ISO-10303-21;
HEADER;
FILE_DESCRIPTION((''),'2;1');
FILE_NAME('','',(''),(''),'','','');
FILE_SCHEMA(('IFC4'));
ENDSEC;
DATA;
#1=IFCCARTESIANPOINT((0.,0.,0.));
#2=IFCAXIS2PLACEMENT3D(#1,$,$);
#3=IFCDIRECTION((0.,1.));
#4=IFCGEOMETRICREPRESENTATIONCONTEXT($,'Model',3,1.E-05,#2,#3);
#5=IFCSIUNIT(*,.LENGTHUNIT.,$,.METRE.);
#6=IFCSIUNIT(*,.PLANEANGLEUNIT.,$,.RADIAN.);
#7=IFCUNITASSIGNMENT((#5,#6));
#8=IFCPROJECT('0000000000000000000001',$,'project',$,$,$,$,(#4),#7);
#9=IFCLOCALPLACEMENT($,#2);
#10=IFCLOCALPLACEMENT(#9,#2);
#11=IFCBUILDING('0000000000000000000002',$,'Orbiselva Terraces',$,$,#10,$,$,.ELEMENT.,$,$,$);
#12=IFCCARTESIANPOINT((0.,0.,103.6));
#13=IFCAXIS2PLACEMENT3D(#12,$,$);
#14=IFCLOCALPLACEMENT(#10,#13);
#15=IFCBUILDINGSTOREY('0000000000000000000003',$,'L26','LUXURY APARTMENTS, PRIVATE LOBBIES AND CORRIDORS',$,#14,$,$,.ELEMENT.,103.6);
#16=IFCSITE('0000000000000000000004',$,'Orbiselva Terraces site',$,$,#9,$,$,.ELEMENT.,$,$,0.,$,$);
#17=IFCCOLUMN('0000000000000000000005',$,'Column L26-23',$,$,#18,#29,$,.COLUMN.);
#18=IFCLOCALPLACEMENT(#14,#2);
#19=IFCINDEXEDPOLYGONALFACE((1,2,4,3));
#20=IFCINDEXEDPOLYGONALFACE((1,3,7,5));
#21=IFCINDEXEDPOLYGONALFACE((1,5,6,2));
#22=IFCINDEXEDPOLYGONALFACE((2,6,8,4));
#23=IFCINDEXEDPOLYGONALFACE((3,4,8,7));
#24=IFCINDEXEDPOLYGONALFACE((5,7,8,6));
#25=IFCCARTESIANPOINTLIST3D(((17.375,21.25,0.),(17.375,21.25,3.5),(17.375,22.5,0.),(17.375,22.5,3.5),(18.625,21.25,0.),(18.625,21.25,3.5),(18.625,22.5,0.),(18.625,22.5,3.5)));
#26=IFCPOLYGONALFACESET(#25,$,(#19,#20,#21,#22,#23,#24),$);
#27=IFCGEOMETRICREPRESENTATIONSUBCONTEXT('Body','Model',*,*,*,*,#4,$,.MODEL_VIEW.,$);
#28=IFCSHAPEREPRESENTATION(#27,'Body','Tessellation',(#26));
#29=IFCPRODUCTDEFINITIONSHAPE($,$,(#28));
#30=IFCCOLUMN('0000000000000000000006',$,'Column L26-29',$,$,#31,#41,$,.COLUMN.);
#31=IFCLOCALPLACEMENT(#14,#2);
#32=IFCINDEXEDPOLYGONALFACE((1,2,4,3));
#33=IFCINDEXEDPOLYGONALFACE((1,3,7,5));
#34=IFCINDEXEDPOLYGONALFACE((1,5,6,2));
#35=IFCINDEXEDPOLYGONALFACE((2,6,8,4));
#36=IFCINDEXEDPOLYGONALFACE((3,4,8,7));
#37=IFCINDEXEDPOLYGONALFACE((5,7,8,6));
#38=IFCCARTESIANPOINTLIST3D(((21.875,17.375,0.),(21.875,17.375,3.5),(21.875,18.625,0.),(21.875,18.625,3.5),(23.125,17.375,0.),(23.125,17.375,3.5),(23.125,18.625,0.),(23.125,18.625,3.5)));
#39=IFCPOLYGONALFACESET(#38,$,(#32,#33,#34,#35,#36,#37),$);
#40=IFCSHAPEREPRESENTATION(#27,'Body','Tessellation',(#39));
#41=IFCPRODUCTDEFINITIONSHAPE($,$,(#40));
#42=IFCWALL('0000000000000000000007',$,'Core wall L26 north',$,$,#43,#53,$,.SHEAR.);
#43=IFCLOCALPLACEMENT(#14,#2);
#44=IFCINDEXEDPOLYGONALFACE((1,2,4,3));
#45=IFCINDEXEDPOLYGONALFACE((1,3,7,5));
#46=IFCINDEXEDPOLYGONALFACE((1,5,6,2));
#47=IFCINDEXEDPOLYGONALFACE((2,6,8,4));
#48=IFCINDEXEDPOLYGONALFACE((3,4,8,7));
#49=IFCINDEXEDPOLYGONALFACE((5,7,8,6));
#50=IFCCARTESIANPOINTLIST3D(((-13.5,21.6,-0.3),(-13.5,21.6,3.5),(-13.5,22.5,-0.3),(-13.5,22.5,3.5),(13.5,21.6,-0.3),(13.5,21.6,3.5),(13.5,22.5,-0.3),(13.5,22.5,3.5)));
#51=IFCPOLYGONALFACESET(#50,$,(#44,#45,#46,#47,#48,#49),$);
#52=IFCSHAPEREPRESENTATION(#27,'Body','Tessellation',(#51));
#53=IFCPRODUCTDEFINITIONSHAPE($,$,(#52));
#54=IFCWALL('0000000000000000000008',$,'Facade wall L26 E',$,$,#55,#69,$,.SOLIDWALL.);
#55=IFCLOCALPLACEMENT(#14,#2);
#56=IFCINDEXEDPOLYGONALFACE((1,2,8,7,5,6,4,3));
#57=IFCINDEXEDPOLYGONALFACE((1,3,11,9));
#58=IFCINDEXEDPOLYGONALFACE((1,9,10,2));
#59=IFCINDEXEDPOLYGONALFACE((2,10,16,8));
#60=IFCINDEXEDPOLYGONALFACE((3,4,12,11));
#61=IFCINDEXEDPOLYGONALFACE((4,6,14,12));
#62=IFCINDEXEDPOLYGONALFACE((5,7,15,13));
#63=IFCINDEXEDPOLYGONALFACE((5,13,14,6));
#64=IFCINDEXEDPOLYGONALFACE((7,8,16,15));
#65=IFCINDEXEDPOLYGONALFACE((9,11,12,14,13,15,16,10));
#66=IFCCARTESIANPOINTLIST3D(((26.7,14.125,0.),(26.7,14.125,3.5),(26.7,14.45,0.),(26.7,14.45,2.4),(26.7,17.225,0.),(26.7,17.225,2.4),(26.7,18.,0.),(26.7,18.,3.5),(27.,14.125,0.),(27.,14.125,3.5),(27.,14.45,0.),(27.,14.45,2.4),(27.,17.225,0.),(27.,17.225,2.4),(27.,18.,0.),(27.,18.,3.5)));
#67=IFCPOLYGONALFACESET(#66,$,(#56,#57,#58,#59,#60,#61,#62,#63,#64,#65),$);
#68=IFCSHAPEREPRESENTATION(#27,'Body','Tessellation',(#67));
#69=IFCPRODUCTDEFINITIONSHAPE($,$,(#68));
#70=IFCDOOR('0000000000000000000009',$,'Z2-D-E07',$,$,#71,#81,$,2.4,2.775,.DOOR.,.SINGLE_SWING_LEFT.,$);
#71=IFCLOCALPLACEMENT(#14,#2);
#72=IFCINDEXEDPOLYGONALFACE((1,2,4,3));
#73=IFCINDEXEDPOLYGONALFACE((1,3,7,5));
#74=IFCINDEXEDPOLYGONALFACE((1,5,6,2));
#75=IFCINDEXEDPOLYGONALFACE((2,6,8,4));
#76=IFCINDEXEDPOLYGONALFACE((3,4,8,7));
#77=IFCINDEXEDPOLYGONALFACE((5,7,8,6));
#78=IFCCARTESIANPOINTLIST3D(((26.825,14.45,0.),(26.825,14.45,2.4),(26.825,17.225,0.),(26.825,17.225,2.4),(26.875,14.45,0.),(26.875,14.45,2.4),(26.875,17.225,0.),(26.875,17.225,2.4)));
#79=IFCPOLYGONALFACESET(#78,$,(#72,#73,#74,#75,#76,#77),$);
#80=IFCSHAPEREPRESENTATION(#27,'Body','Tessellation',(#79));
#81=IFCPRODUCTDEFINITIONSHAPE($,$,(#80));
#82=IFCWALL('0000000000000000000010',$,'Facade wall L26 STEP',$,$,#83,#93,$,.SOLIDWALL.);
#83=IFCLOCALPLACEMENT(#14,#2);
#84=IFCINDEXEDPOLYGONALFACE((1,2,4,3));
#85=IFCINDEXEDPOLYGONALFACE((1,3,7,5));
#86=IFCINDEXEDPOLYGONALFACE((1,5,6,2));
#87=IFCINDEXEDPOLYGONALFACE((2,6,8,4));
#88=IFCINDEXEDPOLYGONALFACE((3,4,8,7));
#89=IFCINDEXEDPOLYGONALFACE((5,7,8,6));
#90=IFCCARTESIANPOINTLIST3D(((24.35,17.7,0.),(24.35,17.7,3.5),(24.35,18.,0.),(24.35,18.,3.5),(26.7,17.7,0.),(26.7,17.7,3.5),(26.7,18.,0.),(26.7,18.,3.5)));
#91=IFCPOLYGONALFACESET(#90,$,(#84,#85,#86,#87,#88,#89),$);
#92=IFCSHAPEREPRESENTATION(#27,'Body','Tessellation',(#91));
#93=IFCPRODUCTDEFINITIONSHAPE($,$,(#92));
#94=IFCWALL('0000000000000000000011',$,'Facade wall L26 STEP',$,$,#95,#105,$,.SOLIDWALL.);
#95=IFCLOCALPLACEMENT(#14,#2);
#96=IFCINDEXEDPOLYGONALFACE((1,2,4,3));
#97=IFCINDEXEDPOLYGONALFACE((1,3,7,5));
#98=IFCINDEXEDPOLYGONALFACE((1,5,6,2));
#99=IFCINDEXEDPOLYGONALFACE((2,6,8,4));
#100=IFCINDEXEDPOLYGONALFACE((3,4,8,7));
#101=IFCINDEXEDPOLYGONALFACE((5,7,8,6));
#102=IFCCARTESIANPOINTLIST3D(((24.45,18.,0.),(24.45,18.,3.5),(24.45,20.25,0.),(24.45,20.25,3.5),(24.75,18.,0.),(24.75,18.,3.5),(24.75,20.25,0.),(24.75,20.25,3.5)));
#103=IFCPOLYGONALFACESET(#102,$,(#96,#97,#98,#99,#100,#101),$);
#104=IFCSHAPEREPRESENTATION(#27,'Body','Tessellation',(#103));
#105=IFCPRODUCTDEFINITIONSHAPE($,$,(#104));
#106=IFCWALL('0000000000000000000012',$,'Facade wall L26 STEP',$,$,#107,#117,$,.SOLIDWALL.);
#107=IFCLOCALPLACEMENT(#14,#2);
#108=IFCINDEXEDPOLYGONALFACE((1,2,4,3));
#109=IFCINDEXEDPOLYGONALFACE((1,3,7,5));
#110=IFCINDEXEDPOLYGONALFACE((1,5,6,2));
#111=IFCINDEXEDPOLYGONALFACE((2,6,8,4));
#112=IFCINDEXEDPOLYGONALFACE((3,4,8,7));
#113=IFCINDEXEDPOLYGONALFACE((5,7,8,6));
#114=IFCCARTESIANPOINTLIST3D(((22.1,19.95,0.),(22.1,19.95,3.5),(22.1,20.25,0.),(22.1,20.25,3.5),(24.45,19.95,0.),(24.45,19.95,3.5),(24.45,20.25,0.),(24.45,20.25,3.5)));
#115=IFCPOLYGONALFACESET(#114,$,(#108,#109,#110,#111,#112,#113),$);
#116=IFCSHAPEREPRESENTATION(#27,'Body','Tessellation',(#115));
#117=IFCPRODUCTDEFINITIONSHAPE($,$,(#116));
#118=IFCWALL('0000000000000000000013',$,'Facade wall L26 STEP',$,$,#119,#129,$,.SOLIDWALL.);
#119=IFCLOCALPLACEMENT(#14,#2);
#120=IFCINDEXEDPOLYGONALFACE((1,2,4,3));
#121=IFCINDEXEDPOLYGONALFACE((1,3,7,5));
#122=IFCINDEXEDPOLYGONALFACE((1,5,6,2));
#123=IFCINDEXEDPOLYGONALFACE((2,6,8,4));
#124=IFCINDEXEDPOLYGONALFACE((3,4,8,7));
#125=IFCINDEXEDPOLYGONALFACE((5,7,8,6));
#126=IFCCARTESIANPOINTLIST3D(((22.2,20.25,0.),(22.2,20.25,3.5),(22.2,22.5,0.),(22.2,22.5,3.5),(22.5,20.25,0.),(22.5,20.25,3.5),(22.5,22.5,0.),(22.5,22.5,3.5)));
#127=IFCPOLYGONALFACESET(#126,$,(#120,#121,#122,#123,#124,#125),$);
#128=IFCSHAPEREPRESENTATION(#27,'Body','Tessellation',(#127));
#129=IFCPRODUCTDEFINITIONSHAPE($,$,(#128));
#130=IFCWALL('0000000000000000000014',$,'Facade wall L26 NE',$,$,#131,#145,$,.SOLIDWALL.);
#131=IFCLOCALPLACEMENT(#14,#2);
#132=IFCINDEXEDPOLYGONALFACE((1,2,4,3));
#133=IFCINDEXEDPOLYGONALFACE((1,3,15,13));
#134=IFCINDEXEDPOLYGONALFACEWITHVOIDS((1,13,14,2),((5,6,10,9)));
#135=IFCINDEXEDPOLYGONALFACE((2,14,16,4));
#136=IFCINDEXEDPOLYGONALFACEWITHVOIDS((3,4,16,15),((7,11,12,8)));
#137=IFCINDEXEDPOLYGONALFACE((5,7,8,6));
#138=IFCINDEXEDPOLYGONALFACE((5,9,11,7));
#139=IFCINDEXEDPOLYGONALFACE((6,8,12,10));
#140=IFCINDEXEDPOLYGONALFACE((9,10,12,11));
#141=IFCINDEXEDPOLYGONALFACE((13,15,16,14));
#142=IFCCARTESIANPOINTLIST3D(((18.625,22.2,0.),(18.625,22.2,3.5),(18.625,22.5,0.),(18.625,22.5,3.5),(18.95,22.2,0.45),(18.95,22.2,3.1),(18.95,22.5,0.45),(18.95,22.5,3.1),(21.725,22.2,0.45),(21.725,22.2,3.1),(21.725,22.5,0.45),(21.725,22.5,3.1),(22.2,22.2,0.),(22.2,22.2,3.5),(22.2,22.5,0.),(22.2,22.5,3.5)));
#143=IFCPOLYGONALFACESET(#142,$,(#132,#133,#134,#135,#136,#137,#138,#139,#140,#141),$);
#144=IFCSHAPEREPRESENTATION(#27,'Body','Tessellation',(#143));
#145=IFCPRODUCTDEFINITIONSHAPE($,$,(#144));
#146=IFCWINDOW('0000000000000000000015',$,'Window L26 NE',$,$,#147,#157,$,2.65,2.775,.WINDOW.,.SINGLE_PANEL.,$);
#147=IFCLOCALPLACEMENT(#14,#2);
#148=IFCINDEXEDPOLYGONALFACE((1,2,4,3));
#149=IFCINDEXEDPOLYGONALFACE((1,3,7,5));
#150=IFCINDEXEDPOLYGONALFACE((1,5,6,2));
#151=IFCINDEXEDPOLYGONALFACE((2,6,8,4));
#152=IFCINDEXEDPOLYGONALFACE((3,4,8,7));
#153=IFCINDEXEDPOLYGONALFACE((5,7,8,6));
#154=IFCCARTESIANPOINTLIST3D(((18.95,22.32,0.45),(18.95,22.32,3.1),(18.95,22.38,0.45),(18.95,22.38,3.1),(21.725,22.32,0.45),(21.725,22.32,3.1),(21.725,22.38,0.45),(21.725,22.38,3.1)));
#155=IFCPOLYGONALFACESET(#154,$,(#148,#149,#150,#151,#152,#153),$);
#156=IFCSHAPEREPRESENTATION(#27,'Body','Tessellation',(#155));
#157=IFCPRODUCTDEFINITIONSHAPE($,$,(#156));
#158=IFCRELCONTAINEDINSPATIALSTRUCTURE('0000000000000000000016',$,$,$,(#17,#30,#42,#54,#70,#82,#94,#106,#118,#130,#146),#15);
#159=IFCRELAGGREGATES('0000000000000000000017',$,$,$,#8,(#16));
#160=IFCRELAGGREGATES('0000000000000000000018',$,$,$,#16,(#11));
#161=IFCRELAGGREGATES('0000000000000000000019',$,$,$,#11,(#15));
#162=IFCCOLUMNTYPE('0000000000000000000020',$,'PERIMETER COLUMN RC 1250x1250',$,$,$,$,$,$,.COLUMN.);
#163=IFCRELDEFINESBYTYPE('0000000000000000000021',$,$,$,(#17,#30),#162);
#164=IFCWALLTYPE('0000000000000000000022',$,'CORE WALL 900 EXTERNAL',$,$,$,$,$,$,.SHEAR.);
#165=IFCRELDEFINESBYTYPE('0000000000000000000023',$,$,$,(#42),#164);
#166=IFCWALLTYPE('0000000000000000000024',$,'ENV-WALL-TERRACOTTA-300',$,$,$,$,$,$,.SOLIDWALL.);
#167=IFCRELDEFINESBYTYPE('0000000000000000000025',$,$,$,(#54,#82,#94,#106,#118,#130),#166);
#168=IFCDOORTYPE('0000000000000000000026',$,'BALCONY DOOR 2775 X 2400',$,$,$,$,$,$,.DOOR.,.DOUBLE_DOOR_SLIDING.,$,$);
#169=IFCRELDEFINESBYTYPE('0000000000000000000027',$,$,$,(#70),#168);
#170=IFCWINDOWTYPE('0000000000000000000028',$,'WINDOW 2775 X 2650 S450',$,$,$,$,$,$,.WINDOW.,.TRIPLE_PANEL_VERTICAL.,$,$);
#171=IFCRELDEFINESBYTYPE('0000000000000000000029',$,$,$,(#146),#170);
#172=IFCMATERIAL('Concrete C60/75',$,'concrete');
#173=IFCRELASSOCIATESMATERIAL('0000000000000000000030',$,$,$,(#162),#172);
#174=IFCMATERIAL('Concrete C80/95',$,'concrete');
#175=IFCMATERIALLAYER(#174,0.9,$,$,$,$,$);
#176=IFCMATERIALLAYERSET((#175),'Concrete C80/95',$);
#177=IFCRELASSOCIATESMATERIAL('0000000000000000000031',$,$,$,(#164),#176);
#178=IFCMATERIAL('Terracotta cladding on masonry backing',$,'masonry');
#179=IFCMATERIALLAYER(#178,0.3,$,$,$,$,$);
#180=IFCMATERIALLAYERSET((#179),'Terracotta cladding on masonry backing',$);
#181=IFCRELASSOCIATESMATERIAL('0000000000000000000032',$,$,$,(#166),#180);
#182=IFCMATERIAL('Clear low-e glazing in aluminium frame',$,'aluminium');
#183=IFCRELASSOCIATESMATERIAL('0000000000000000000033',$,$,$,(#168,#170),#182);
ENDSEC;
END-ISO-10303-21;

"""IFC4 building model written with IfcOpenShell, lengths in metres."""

from ifc_helpers import new_model, si_unit, direction, frame, frame_2d, origin, origin_2d, place, context, subcontext, project, spatial, rectangle, extrude, material, layer, layer_set, material_profile, profile_set, type_object, element, fill, save


model = new_model("IFC4")

# Units and contexts
model_context = context("Model", 3, precision=1e-05, world=origin(), true_north=direction((0.0, 1.0)))
body_context = subcontext(model_context, "Body", "Model", "MODEL_VIEW")
ifc_project = project(units=[si_unit("LENGTHUNIT", "METRE"), si_unit("PLANEANGLEUNIT", "RADIAN")], contexts=[model_context])

# Site, building, storey
site_placement = place(None, origin())
site = spatial("IfcSite", under=ifc_project, at=site_placement, Name="Orbiselva Terraces site", CompositionType="ELEMENT", RefElevation=0.0)
building_placement = place(site_placement, origin())
building = spatial("IfcBuilding", under=site, at=building_placement, Name="Orbiselva Terraces", CompositionType="ELEMENT")
storey_placement = place(building_placement, frame((0.0, 0.0, 103.6)))
storey = spatial("IfcBuildingStorey", under=building, at=storey_placement, Name="L26", Description="LUXURY APARTMENTS, PRIVATE LOBBIES AND CORRIDORS", CompositionType="ELEMENT", Elevation=103.6)

# Columns
ifc_material_1 = material(Name="Concrete C60/75", Category="concrete")
ifc_material_profile = material_profile(ifc_material_1, rectangle(XDim=1.25, YDim=1.25, at=origin_2d()), Name="RC 1250x1250")
ifc_profile_set = profile_set([ifc_material_profile], Name="Concrete C60/75")
column_type = type_object("IfcColumnType", Name="PERIMETER COLUMN RC 1250x1250", PredefinedType="COLUMN", material=ifc_profile_set)
for number, where, z_axis, x_axis, name in (
    (1, (18.0, 21.875, 0.0), (0.0, 0.0, 1.0), (1.0, 0.0, 0.0), "Column L26-23"),
    (2, (22.5, 18.0, 0.0), (0.0, 0.0, 1.0), (1.0, 0.0, 0.0), "Column L26-29"),
):
    element("IfcColumn", number, at=place(storey_placement, frame(where, z_axis=z_axis, x_axis=x_axis)), inside=storey, type_object=column_type, Name=name, PredefinedType="COLUMN", context=body_context, shape_type="SweptSolid", body=[
        extrude(rectangle(XDim=1.25, YDim=1.25, at=origin_2d()), origin(), (0.0, 0.0, 1.0), 3.5),
    ])

# Wall
ifc_material_2 = material(Name="Concrete C80/95", Category="concrete")
ifc_layer_1 = layer(ifc_material_2, 0.9)
ifc_layer_set_1 = layer_set([ifc_layer_1], Name="Concrete C80/95")
wall_type_1 = type_object("IfcWallType", Name="CORE WALL 900 EXTERNAL", PredefinedType="SHEAR", material=ifc_layer_set_1)
wall_1_placement = place(storey_placement, frame((13.5, 22.05, -0.3), z_axis=(0.0, 0.0, 1.0), x_axis=(-1.0, 0.0, 0.0)))
element("IfcWall", 3, at=wall_1_placement, inside=storey, type_object=wall_type_1, Name="Core wall L26 north", PredefinedType="SHEAR", context=body_context, shape_type="SweptSolid", body=[
    extrude(rectangle(XDim=27.0, YDim=0.9, at=frame_2d((13.5, 0.0))), origin(), (0.0, 0.0, 1.0), 3.8),
])

# Wall, opening, door
ifc_material_3 = material(Name="Terracotta cladding on masonry backing", Category="masonry")
ifc_layer_2 = layer(ifc_material_3, 0.3)
ifc_layer_set_2 = layer_set([ifc_layer_2], Name="Terracotta cladding on masonry backing")
wall_type_2 = type_object("IfcWallType", Name="ENV-WALL-TERRACOTTA-300", PredefinedType="SOLIDWALL", material=ifc_layer_set_2)
wall_2_placement = place(storey_placement, frame((26.85, 18.0, 0.0), z_axis=(0.0, 0.0, 1.0), x_axis=(0.0, -1.0, 0.0)))
wall_2 = element("IfcWall", 4, at=wall_2_placement, inside=storey, type_object=wall_type_2, Name="Facade wall L26 E", PredefinedType="SOLIDWALL", context=body_context, shape_type="SweptSolid", body=[
    extrude(rectangle(XDim=3.875, YDim=0.3, at=frame_2d((1.9375, 0.0))), origin(), (0.0, 0.0, 1.0), 3.5),
])
opening_1_placement = place(wall_2_placement, frame((0.775, 0.0, 0.0)))
opening_1 = element("IfcOpeningElement", 5, at=opening_1_placement, cuts=wall_2, PredefinedType="OPENING", context=body_context, shape_type="SweptSolid", body=[
    extrude(rectangle(XDim=2.775, YDim=2.4, at=frame_2d((1.3875, 1.2))), frame((0.0, 0.16, 0.0), z_axis=(0.0, -1.0, 0.0), x_axis=(1.0, 0.0, 0.0)), (0.0, 0.0, 1.0), 0.32),
])
ifc_material_4 = material(Name="Clear low-e glazing in aluminium frame", Category="aluminium")
door_type_1 = type_object("IfcDoorType", Name="BALCONY DOOR 2775 X 2400", OperationType="DOUBLE_DOOR_SLIDING", PredefinedType="DOOR", material=ifc_material_4)
door_1_placement = place(opening_1_placement, origin())
door_1 = element("IfcDoor", 6, at=door_1_placement, inside=storey, type_object=door_type_1, Name="Z2-D-E07", OperationType="SINGLE_SWING_LEFT", OverallHeight=2.4, OverallWidth=2.775, PredefinedType="DOOR", context=body_context, shape_type="SweptSolid", body=[
    extrude(rectangle(XDim=2.775, YDim=2.4, at=frame_2d((1.3875, 1.2))), frame((0.0, 0.025, 0.0), z_axis=(0.0, -1.0, 0.0), x_axis=(1.0, 0.0, 0.0)), (0.0, 0.0, 1.0), 0.05),
])
fill(opening_1, door_1)

# Walls
wall_3_placement = place(storey_placement, frame((24.35, 17.85, 0.0), z_axis=(0.0, 0.0, 1.0), x_axis=(1.0, 0.0, 0.0)))
element("IfcWall", 7, at=wall_3_placement, inside=storey, type_object=wall_type_2, Name="Facade wall L26 STEP", PredefinedType="SOLIDWALL", context=body_context, shape_type="SweptSolid", body=[
    extrude(rectangle(XDim=2.35, YDim=0.3, at=frame_2d((1.175, 0.0))), origin(), (0.0, 0.0, 1.0), 3.5),
])
wall_4_placement = place(storey_placement, frame((24.6, 20.25, 0.0), z_axis=(0.0, 0.0, 1.0), x_axis=(0.0, -1.0, 0.0)))
element("IfcWall", 8, at=wall_4_placement, inside=storey, type_object=wall_type_2, Name="Facade wall L26 STEP", PredefinedType="SOLIDWALL", context=body_context, shape_type="SweptSolid", body=[
    extrude(rectangle(XDim=2.25, YDim=0.3, at=frame_2d((1.125, 0.0))), origin(), (0.0, 0.0, 1.0), 3.5),
])
wall_5_placement = place(storey_placement, frame((22.1, 20.1, 0.0), z_axis=(0.0, 0.0, 1.0), x_axis=(1.0, 0.0, 0.0)))
element("IfcWall", 9, at=wall_5_placement, inside=storey, type_object=wall_type_2, Name="Facade wall L26 STEP", PredefinedType="SOLIDWALL", context=body_context, shape_type="SweptSolid", body=[
    extrude(rectangle(XDim=2.35, YDim=0.3, at=frame_2d((1.175, 0.0))), origin(), (0.0, 0.0, 1.0), 3.5),
])
wall_6_placement = place(storey_placement, frame((22.35, 22.5, 0.0), z_axis=(0.0, 0.0, 1.0), x_axis=(0.0, -1.0, 0.0)))
element("IfcWall", 10, at=wall_6_placement, inside=storey, type_object=wall_type_2, Name="Facade wall L26 STEP", PredefinedType="SOLIDWALL", context=body_context, shape_type="SweptSolid", body=[
    extrude(rectangle(XDim=2.25, YDim=0.3, at=frame_2d((1.125, 0.0))), origin(), (0.0, 0.0, 1.0), 3.5),
])

# Wall, opening, window
wall_7_placement = place(storey_placement, frame((18.625, 22.35, 0.0), z_axis=(0.0, 0.0, 1.0), x_axis=(1.0, 0.0, 0.0)))
wall_7 = element("IfcWall", 11, at=wall_7_placement, inside=storey, type_object=wall_type_2, Name="Facade wall L26 NE", PredefinedType="SOLIDWALL", context=body_context, shape_type="SweptSolid", body=[
    extrude(rectangle(XDim=3.575, YDim=0.3, at=frame_2d((1.7875, 0.0))), origin(), (0.0, 0.0, 1.0), 3.5),
])
opening_2_placement = place(wall_7_placement, frame((0.325, 0.0, 0.45)))
opening_2 = element("IfcOpeningElement", 12, at=opening_2_placement, cuts=wall_7, PredefinedType="OPENING", context=body_context, shape_type="SweptSolid", body=[
    extrude(rectangle(XDim=2.775, YDim=2.65, at=frame_2d((1.3875, 1.325))), frame((0.0, 0.16, 0.0), z_axis=(0.0, -1.0, 0.0), x_axis=(1.0, 0.0, 0.0)), (0.0, 0.0, 1.0), 0.32),
])
window_type = type_object("IfcWindowType", Name="WINDOW 2775 X 2650 S450", PartitioningType="TRIPLE_PANEL_VERTICAL", PredefinedType="WINDOW", material=ifc_material_4)
window_placement = place(opening_2_placement, origin())
window = element("IfcWindow", 13, at=window_placement, inside=storey, type_object=window_type, Name="Window L26 NE", OverallHeight=2.65, OverallWidth=2.775, PartitioningType="SINGLE_PANEL", PredefinedType="WINDOW", context=body_context, shape_type="SweptSolid", body=[
    extrude(rectangle(XDim=2.775, YDim=2.65, at=frame_2d((1.3875, 1.325))), frame((0.0, 0.03, 0.0), z_axis=(0.0, -1.0, 0.0), x_axis=(1.0, 0.0, 0.0)), (0.0, 0.0, 1.0), 0.06),
])
fill(opening_2, window)

save(model, "model.ifc")
